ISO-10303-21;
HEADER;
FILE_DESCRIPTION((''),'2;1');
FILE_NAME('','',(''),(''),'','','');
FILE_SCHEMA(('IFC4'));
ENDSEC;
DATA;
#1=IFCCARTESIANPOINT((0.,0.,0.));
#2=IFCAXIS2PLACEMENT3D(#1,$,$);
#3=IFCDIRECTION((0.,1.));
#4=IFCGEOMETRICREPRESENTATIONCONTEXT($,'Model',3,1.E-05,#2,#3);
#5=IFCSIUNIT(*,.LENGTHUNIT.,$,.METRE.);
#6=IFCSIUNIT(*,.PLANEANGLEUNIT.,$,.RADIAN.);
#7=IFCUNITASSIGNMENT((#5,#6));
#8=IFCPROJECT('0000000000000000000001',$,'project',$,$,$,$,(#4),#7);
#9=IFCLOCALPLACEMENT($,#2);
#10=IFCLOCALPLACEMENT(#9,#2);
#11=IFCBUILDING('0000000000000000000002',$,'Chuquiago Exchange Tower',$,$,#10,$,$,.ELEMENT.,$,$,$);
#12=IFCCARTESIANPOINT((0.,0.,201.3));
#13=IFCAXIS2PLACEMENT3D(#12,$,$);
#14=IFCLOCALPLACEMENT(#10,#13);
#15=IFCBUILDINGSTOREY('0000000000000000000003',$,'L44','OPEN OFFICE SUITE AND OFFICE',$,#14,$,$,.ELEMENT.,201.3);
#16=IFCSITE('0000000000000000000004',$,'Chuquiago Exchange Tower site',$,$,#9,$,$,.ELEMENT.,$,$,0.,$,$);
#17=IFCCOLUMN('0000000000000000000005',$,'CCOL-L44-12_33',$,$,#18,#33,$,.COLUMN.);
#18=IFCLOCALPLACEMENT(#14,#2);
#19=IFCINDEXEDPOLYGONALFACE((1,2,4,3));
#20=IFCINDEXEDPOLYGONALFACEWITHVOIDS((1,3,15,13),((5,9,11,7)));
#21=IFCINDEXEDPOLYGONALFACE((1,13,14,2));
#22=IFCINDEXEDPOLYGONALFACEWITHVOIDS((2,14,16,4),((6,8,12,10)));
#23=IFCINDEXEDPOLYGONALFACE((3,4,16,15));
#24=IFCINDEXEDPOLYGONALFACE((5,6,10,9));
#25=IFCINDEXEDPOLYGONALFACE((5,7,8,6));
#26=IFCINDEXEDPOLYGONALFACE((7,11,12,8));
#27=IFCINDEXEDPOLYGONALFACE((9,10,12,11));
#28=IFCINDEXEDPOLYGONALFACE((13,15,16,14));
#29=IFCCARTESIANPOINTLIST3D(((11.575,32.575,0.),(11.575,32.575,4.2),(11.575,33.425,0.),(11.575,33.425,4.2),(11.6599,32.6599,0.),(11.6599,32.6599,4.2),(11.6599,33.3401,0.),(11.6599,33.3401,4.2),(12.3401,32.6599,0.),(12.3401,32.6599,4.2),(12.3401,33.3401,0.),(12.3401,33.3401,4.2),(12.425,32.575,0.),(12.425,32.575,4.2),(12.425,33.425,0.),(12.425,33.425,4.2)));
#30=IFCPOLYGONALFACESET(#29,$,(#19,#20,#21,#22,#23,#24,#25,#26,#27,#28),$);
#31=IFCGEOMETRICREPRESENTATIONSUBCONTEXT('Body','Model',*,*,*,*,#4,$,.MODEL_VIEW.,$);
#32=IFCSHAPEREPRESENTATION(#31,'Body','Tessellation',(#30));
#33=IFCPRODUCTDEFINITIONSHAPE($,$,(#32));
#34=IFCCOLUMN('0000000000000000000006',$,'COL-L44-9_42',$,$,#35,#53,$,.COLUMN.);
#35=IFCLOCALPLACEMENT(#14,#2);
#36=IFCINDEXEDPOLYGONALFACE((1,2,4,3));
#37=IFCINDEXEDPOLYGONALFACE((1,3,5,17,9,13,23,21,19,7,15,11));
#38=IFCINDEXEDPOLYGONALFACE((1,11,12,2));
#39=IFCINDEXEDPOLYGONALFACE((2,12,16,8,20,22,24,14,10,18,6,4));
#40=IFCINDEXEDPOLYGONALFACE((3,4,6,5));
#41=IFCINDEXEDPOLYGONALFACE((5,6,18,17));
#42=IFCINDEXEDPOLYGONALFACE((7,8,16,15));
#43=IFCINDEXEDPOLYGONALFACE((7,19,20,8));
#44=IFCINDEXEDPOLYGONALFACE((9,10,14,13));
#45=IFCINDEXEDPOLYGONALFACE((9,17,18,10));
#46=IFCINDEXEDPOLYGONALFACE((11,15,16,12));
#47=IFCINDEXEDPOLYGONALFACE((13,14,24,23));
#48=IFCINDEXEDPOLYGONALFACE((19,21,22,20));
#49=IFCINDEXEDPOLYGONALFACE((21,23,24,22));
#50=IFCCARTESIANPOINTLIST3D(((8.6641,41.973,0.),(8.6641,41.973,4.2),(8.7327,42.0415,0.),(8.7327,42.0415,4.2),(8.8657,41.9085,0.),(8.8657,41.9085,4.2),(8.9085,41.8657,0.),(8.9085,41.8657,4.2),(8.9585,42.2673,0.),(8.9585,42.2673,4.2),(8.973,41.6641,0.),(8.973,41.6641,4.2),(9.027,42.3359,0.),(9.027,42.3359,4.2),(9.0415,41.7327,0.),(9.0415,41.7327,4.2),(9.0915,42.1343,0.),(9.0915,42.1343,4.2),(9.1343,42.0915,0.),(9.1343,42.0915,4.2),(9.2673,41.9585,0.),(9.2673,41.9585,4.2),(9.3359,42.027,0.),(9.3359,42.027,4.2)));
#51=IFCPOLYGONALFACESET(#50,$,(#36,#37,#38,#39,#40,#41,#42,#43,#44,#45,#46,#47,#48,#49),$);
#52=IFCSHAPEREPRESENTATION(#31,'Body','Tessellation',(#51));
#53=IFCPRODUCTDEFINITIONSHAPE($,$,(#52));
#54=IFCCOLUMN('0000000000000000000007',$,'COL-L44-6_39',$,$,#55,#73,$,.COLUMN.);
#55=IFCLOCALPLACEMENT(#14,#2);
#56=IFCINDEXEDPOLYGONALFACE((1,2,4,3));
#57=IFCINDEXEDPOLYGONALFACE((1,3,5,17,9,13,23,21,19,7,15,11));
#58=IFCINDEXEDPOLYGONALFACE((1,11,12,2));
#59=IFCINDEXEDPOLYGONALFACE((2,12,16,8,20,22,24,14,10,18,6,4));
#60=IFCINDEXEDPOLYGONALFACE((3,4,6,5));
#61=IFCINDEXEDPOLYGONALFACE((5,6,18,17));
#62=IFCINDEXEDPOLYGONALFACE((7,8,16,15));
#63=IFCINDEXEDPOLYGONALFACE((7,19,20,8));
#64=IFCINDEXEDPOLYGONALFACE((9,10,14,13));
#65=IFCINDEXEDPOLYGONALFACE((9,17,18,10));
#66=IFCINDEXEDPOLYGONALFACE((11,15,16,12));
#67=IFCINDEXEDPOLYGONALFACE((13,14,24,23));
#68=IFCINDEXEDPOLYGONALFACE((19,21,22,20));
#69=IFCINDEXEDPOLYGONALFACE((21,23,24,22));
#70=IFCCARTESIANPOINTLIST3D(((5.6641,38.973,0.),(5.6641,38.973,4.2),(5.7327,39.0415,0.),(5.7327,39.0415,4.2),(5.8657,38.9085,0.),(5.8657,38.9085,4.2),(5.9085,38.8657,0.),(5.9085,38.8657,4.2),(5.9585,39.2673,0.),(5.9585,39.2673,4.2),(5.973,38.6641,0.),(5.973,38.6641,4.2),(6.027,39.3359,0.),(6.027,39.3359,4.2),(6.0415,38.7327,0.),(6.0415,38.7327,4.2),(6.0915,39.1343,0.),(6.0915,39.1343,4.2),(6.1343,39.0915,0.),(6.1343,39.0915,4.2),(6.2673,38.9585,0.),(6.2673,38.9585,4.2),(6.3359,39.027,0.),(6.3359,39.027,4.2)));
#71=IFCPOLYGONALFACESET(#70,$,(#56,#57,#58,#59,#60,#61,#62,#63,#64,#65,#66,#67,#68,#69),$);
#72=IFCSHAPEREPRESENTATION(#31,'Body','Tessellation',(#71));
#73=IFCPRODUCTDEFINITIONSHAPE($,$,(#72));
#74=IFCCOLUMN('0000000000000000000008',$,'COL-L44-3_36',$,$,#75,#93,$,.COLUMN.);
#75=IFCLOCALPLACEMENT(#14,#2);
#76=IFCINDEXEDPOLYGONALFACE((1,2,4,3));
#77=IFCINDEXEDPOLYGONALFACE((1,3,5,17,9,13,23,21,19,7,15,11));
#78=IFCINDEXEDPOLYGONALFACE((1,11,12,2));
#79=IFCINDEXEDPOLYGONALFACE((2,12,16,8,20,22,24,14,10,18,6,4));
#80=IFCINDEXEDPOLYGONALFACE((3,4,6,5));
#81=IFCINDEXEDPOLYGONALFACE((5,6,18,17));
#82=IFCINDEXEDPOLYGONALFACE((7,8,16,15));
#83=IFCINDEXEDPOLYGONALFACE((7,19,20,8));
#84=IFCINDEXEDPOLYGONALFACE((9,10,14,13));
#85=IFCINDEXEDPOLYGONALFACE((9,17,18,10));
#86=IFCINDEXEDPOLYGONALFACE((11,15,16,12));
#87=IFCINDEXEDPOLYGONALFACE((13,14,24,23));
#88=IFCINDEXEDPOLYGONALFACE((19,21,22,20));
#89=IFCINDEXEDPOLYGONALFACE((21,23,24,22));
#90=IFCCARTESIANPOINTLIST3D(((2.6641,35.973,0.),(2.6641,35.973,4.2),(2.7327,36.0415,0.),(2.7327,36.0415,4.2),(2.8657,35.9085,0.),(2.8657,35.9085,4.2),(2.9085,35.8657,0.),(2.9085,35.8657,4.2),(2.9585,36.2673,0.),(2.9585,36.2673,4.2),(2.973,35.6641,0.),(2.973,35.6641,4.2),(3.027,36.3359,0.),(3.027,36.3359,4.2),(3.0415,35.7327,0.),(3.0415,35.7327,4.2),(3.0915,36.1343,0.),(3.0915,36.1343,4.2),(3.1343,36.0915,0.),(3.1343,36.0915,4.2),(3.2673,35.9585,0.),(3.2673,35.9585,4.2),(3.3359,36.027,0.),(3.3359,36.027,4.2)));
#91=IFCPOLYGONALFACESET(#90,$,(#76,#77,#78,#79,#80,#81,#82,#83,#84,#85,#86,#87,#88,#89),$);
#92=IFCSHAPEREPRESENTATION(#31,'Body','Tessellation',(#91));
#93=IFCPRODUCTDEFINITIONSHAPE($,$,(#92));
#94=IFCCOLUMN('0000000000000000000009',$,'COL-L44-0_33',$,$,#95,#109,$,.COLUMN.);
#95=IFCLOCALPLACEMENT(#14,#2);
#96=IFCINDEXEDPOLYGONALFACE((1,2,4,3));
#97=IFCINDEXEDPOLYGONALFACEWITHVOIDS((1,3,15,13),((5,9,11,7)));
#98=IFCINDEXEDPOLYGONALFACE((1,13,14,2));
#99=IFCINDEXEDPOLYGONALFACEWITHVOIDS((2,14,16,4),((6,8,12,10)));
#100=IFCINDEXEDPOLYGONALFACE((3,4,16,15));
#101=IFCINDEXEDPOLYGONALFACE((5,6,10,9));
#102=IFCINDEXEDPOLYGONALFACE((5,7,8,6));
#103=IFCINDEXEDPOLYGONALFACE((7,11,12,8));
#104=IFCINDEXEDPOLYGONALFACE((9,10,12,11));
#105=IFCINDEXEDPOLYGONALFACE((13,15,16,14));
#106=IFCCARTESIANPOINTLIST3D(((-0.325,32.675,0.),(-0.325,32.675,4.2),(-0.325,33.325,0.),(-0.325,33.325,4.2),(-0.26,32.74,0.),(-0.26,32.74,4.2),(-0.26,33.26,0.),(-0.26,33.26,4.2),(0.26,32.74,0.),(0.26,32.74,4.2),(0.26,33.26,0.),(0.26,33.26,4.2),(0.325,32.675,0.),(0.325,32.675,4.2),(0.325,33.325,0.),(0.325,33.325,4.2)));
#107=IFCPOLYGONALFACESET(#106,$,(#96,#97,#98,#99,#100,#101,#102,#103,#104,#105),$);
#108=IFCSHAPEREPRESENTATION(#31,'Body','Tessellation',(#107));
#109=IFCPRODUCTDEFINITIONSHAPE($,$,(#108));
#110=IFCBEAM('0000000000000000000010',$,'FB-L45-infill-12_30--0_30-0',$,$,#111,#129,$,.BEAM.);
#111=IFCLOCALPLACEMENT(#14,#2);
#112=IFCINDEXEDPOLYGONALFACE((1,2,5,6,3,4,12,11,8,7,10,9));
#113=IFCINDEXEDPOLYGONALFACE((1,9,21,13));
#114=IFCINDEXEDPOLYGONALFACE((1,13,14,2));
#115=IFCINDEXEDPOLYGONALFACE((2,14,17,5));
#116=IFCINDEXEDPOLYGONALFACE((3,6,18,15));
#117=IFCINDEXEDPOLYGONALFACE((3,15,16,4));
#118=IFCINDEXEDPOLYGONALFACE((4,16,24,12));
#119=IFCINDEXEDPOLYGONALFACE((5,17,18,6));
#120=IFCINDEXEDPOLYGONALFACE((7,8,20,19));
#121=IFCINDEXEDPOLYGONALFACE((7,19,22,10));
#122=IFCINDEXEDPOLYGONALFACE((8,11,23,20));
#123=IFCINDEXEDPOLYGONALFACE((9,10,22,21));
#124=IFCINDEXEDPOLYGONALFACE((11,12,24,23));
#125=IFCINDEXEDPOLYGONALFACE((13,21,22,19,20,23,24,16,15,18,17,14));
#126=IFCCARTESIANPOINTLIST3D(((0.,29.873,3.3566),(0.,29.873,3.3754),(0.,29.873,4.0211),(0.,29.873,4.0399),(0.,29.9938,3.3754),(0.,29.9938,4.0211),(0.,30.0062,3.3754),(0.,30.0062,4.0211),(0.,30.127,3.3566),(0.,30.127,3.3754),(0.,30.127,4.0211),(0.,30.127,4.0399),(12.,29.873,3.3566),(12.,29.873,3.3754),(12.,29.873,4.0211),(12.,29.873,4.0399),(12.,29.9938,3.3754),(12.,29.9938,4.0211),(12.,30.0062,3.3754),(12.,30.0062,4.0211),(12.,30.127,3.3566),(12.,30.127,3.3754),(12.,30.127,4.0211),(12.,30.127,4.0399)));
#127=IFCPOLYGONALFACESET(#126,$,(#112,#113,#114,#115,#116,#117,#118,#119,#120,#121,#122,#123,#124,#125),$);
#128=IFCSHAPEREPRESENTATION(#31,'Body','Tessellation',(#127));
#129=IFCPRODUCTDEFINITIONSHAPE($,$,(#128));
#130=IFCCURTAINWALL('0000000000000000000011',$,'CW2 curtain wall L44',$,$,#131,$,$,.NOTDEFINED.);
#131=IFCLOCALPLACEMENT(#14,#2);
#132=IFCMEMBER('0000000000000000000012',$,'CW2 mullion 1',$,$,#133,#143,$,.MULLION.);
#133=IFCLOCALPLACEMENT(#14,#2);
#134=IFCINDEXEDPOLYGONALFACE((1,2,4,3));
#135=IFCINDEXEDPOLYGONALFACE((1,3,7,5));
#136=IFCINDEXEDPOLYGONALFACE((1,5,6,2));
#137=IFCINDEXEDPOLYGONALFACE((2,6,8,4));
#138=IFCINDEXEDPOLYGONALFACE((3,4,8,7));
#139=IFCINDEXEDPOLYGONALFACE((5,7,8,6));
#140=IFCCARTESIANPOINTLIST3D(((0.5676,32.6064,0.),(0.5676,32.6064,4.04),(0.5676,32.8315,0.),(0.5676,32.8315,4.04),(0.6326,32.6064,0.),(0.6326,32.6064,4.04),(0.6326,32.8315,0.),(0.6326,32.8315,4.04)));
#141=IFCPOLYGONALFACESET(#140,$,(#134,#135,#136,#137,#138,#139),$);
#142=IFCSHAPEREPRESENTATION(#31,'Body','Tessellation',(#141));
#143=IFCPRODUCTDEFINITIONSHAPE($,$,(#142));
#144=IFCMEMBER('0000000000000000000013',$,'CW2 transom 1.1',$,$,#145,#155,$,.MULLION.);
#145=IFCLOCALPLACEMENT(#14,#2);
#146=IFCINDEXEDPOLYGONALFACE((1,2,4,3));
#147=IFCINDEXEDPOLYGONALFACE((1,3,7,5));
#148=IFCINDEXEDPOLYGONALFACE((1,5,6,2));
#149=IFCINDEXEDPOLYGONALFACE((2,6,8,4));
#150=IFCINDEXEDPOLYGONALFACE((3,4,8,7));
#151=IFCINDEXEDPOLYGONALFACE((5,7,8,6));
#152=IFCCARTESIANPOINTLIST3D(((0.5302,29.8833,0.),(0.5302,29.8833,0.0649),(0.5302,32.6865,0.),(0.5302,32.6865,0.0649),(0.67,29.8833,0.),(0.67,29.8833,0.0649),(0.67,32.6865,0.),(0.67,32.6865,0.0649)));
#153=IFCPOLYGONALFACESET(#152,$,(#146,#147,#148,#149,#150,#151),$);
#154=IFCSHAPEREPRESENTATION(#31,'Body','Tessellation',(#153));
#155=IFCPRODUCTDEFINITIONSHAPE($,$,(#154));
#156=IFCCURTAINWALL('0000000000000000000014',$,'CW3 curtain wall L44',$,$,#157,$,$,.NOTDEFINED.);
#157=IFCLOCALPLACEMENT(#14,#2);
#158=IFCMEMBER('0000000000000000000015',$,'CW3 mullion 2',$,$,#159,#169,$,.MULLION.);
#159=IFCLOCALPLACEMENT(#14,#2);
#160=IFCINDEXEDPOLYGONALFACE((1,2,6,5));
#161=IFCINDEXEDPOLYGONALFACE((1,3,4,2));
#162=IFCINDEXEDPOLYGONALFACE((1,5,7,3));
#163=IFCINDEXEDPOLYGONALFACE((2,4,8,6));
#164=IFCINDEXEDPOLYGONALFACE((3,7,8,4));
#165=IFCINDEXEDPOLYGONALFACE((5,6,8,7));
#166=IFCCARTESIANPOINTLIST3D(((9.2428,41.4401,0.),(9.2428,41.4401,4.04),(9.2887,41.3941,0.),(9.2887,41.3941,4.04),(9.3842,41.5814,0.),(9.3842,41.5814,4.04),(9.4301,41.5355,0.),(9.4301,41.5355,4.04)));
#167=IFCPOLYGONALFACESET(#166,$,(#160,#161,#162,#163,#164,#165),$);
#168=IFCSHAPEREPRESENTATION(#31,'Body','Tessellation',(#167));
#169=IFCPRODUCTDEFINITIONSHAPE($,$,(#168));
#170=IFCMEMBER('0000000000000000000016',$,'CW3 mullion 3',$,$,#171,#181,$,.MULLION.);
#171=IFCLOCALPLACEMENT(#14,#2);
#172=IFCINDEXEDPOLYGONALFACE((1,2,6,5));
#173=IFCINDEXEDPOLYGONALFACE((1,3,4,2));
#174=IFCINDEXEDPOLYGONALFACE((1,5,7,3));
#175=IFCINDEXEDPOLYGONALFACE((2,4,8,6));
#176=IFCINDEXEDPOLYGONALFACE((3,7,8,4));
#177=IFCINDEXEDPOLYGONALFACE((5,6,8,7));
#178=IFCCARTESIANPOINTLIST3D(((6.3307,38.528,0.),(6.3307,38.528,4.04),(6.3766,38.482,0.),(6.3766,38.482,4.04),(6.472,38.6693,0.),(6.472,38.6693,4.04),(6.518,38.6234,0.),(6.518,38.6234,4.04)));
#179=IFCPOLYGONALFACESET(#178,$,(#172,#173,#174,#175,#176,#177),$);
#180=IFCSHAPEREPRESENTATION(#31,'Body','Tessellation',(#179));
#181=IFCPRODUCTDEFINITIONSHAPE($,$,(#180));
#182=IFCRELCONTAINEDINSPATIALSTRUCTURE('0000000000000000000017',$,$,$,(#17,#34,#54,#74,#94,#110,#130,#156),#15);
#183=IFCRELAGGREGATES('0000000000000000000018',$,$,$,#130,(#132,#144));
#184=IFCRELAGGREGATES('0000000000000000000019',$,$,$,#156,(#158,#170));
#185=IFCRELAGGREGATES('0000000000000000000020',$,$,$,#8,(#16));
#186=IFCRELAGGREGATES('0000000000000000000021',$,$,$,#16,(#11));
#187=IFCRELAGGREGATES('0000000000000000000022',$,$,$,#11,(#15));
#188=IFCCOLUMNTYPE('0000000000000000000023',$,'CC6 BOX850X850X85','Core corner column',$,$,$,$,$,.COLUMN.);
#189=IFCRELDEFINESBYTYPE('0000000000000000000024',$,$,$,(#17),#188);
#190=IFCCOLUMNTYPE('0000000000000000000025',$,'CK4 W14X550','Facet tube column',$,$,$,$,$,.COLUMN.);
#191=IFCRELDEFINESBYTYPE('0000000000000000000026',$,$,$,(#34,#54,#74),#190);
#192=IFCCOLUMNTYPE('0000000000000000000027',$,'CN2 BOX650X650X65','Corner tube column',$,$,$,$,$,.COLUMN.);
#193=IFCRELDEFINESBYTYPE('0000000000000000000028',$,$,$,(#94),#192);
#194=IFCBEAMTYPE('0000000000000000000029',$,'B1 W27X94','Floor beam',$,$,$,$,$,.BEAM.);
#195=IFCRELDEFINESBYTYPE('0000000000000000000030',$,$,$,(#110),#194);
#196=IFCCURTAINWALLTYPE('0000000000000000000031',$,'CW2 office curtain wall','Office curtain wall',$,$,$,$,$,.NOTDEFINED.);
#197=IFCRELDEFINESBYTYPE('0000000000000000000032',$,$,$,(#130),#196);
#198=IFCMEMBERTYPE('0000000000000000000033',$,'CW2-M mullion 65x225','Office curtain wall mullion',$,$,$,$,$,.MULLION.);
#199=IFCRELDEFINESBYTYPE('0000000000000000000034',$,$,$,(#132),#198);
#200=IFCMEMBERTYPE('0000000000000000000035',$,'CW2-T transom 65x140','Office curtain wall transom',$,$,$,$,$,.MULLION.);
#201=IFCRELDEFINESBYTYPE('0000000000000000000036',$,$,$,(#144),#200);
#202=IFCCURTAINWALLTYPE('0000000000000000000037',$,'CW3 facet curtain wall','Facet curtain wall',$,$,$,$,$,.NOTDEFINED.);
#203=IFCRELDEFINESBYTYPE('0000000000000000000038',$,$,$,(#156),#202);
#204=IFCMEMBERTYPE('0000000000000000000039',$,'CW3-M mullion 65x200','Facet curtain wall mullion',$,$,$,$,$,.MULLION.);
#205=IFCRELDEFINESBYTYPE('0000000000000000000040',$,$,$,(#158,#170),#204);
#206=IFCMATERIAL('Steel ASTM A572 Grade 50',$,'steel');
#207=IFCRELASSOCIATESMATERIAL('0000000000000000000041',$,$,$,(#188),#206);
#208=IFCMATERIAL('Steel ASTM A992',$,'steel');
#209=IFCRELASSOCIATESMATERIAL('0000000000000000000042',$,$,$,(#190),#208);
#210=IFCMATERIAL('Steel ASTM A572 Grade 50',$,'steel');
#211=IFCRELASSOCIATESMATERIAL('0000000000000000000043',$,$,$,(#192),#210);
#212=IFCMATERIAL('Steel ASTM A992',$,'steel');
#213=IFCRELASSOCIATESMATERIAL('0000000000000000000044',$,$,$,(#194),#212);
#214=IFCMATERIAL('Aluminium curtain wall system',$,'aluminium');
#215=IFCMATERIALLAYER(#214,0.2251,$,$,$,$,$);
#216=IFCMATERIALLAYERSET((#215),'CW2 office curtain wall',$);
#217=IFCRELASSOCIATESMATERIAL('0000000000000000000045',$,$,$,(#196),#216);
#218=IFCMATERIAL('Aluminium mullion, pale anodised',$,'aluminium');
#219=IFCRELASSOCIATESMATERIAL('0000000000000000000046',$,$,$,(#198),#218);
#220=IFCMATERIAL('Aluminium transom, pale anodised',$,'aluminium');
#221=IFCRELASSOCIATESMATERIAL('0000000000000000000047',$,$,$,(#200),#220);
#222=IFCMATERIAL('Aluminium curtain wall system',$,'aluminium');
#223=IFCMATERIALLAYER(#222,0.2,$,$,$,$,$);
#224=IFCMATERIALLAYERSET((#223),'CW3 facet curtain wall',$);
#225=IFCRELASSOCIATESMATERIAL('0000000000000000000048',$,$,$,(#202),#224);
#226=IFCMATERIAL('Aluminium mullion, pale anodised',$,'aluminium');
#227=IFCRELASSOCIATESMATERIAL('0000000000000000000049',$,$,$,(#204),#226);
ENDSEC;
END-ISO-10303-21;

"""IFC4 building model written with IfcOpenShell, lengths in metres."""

from ifc_helpers import new_model, si_unit, direction, frame, origin, origin_2d, place, context, subcontext, project, spatial, rectangle, hollow_rectangle, i_section, extrude, material, layer, layer_set, material_profile, profile_set, type_object, element, aggregate, save


model = new_model("IFC4")

# Units and contexts
model_context = context("Model", 3, precision=1e-05, world=origin(), true_north=direction((0.0, 1.0)))
body_context = subcontext(model_context, "Body", "Model", "MODEL_VIEW")
ifc_project = project(units=[si_unit("LENGTHUNIT", "METRE"), si_unit("PLANEANGLEUNIT", "RADIAN")], contexts=[model_context])

# Site, building, storey
site_placement = place(None, origin())
site = spatial("IfcSite", under=ifc_project, at=site_placement, Name="Chuquiago Exchange Tower site", CompositionType="ELEMENT", RefElevation=0.0)
building_placement = place(site_placement, origin())
building = spatial("IfcBuilding", under=site, at=building_placement, Name="Chuquiago Exchange Tower", CompositionType="ELEMENT")
storey_placement = place(building_placement, frame((0.0, 0.0, 201.3)))
storey = spatial("IfcBuildingStorey", under=building, at=storey_placement, Name="L44", Description="OPEN OFFICE SUITE AND OFFICE", CompositionType="ELEMENT", Elevation=201.3)

# Columns
ifc_material_1 = material(Name="Steel ASTM A572 Grade 50", Category="steel")
ifc_material_profile_1 = material_profile(ifc_material_1, hollow_rectangle(XDim=0.8501, YDim=0.8501, WallThickness=0.085, at=origin_2d()), Name="BOX850X850X85")
ifc_profile_set_1 = profile_set([ifc_material_profile_1], Name="Steel ASTM A572 Grade 50")
column_type_1 = type_object("IfcColumnType", Name="CC6 BOX850X850X85", Description="Core corner column", PredefinedType="COLUMN", material=ifc_profile_set_1)
column_1_placement = place(storey_placement, frame((12.0, 33.0, 0.0), z_axis=(0.0, 0.0, 1.0), x_axis=(1.0, 0.0, 0.0)))
element("IfcColumn", 1, at=column_1_placement, inside=storey, type_object=column_type_1, Name="CCOL-L44-12_33", PredefinedType="COLUMN", context=body_context, shape_type="SweptSolid", body=[
    extrude(hollow_rectangle(XDim=0.8501, YDim=0.8501, WallThickness=0.085, at=origin_2d()), origin(), (0.0, 0.0, 1.0), 4.2),
])
ifc_material_2 = material(Name="Steel ASTM A992", Category="steel")
ifc_material_profile_2 = material_profile(ifc_material_2, i_section(OverallWidth=0.4368, OverallDepth=0.5132, WebThickness=0.0605, FlangeThickness=0.0969, at=origin_2d()), Name="W14X550")
ifc_profile_set_2 = profile_set([ifc_material_profile_2], Name="Steel ASTM A992")
column_type_2 = type_object("IfcColumnType", Name="CK4 W14X550", Description="Facet tube column", PredefinedType="COLUMN", material=ifc_profile_set_2)
for number, where, z_axis, x_axis, name in (
    (2, (9.0, 42.0, 0.0), (0.0, 0.0, 1.0), (-0.707107, 0.707107, 0.0), "COL-L44-9_42"),
    (3, (6.0, 39.0, 0.0), (0.0, 0.0, 1.0), (-0.707107, 0.707107, 0.0), "COL-L44-6_39"),
    (4, (3.0, 36.0, 0.0), (0.0, 0.0, 1.0), (-0.707107, 0.707107, 0.0), "COL-L44-3_36"),
):
    element("IfcColumn", number, at=place(storey_placement, frame(where, z_axis=z_axis, x_axis=x_axis)), inside=storey, type_object=column_type_2, Name=name, PredefinedType="COLUMN", context=body_context, shape_type="SweptSolid", body=[
        extrude(i_section(OverallWidth=0.4368, OverallDepth=0.5132, WebThickness=0.0605, FlangeThickness=0.0969, at=origin_2d()), origin(), (0.0, 0.0, 1.0), 4.2),
    ])
ifc_material_3 = material(Name="Steel ASTM A572 Grade 50", Category="steel")
ifc_material_profile_3 = material_profile(ifc_material_3, hollow_rectangle(XDim=0.6499, YDim=0.6499, WallThickness=0.0649, at=origin_2d()), Name="BOX650X650X65")
ifc_profile_set_3 = profile_set([ifc_material_profile_3], Name="Steel ASTM A572 Grade 50")
column_type_3 = type_object("IfcColumnType", Name="CN2 BOX650X650X65", Description="Corner tube column", PredefinedType="COLUMN", material=ifc_profile_set_3)
column_2_placement = place(storey_placement, frame((0.0, 33.0, 0.0), z_axis=(0.0, 0.0, 1.0), x_axis=(-1.0, 0.0, 0.0)))
element("IfcColumn", 5, at=column_2_placement, inside=storey, type_object=column_type_3, Name="COL-L44-0_33", PredefinedType="COLUMN", context=body_context, shape_type="SweptSolid", body=[
    extrude(hollow_rectangle(XDim=0.6499, YDim=0.6499, WallThickness=0.0649, at=origin_2d()), origin(), (0.0, 0.0, 1.0), 4.2),
])

# Beam
ifc_material_4 = material(Name="Steel ASTM A992", Category="steel")
ifc_material_profile_4 = material_profile(ifc_material_4, i_section(OverallWidth=0.2539, OverallDepth=0.6833, WebThickness=0.0125, FlangeThickness=0.0188, at=origin_2d()), Name="W27X94")
ifc_profile_set_4 = profile_set([ifc_material_profile_4], Name="Steel ASTM A992")
beam_type_1 = type_object("IfcBeamType", Name="B1 W27X94", Description="Floor beam", PredefinedType="BEAM", material=ifc_profile_set_4)
beam_1_placement = place(storey_placement, frame((12.0, 30.0, 3.6982), z_axis=(-1.0, 0.0, 0.0), x_axis=(0.0, -1.0, 0.0)))
element("IfcBeam", 6, at=beam_1_placement, inside=storey, type_object=beam_type_1, Name="FB-L45-infill-12_30--0_30-0", PredefinedType="BEAM", context=body_context, shape_type="SweptSolid", body=[
    extrude(i_section(OverallWidth=0.2539, OverallDepth=0.6833, WebThickness=0.0125, FlangeThickness=0.0188, at=origin_2d()), origin(), (0.0, 0.0, 1.0), 12.0),
])

# Curtain walls, members
ifc_material_5 = material(Name="Aluminium curtain wall system", Category="aluminium")
ifc_layer_1 = layer(ifc_material_5, 0.2251)
ifc_layer_set_1 = layer_set([ifc_layer_1], Name="CW2 office curtain wall")
curtain_wall_type_1 = type_object("IfcCurtainWallType", Name="CW2 office curtain wall", Description="Office curtain wall", PredefinedType="NOTDEFINED", material=ifc_layer_set_1)
curtain_wall_1_placement = place(storey_placement, origin())
curtain_wall_1 = element("IfcCurtainWall", 7, at=curtain_wall_1_placement, inside=storey, type_object=curtain_wall_type_1, Name="CW2 curtain wall L44", PredefinedType="NOTDEFINED")
ifc_material_6 = material(Name="Aluminium mullion, pale anodised", Category="aluminium")
ifc_material_profile_5 = material_profile(ifc_material_6, rectangle(XDim=0.0649, YDim=0.2251, at=origin_2d()), Name="AL 65x225")
ifc_profile_set_5 = profile_set([ifc_material_profile_5], Name="Aluminium mullion, pale anodised")
member_type_1 = type_object("IfcMemberType", Name="CW2-M mullion 65x225", Description="Office curtain wall mullion", PredefinedType="MULLION", material=ifc_profile_set_5)
member_1_placement = place(storey_placement, frame((0.6001, 32.719, 0.0), z_axis=(0.0, 0.0, 1.0), x_axis=(1.0, 0.0, 0.0)))
member_1 = element("IfcMember", 8, at=member_1_placement, type_object=member_type_1, Name="CW2 mullion 1", PredefinedType="MULLION", context=body_context, shape_type="SweptSolid", body=[
    extrude(rectangle(XDim=0.0649, YDim=0.2251, at=origin_2d()), origin(), (0.0, 0.0, 1.0), 4.04),
])
ifc_material_7 = material(Name="Aluminium transom, pale anodised", Category="aluminium")
ifc_material_profile_6 = material_profile(ifc_material_7, rectangle(XDim=0.1399, YDim=0.0649, at=origin_2d()), Name="AL 140x65")
ifc_profile_set_6 = profile_set([ifc_material_profile_6], Name="Aluminium transom, pale anodised")
member_type_2 = type_object("IfcMemberType", Name="CW2-T transom 65x140", Description="Office curtain wall transom", PredefinedType="MULLION", material=ifc_profile_set_6)
member_2_placement = place(storey_placement, frame((0.6001, 32.6865, 0.0325), z_axis=(0.0, -1.0, 0.0), x_axis=(1.0, 0.0, 0.0)))
member_2 = element("IfcMember", 9, at=member_2_placement, type_object=member_type_2, Name="CW2 transom 1.1", PredefinedType="MULLION", context=body_context, shape_type="SweptSolid", body=[
    extrude(rectangle(XDim=0.1399, YDim=0.0649, at=origin_2d()), origin(), (0.0, 0.0, 1.0), 2.8032),
])
ifc_material_8 = material(Name="Aluminium curtain wall system", Category="aluminium")
ifc_layer_2 = layer(ifc_material_8, 0.2)
ifc_layer_set_2 = layer_set([ifc_layer_2], Name="CW3 facet curtain wall")
curtain_wall_type_2 = type_object("IfcCurtainWallType", Name="CW3 facet curtain wall", Description="Facet curtain wall", PredefinedType="NOTDEFINED", material=ifc_layer_set_2)
curtain_wall_2_placement = place(storey_placement, origin())
curtain_wall_2 = element("IfcCurtainWall", 10, at=curtain_wall_2_placement, inside=storey, type_object=curtain_wall_type_2, Name="CW3 curtain wall L44", PredefinedType="NOTDEFINED")
ifc_material_9 = material(Name="Aluminium mullion, pale anodised", Category="aluminium")
ifc_material_profile_7 = material_profile(ifc_material_9, rectangle(XDim=0.0649, YDim=0.2, at=origin_2d()), Name="AL 65x200")
ifc_profile_set_7 = profile_set([ifc_material_profile_7], Name="Aluminium mullion, pale anodised")
member_type_3 = type_object("IfcMemberType", Name="CW3-M mullion 65x200", Description="Facet curtain wall mullion", PredefinedType="MULLION", material=ifc_profile_set_7)
member_3_placement = place(storey_placement, frame((9.3364, 41.4878, 0.0), z_axis=(0.0, 0.0, 1.0), x_axis=(0.707107, -0.707107, 0.0)))
member_3 = element("IfcMember", 11, at=member_3_placement, type_object=member_type_3, Name="CW3 mullion 2", PredefinedType="MULLION", context=body_context, shape_type="SweptSolid", body=[
    extrude(rectangle(XDim=0.0649, YDim=0.2, at=origin_2d()), origin(), (0.0, 0.0, 1.0), 4.04),
])
member_4_placement = place(storey_placement, frame((6.4243, 38.5757, 0.0), z_axis=(0.0, 0.0, 1.0), x_axis=(0.707107, -0.707107, 0.0)))
member_4 = element("IfcMember", 12, at=member_4_placement, type_object=member_type_3, Name="CW3 mullion 3", PredefinedType="MULLION", context=body_context, shape_type="SweptSolid", body=[
    extrude(rectangle(XDim=0.0649, YDim=0.2, at=origin_2d()), origin(), (0.0, 0.0, 1.0), 4.04),
])

aggregate(curtain_wall_1, [member_1, member_2])
aggregate(curtain_wall_2, [member_3, member_4])

save(model, "model.ifc")
